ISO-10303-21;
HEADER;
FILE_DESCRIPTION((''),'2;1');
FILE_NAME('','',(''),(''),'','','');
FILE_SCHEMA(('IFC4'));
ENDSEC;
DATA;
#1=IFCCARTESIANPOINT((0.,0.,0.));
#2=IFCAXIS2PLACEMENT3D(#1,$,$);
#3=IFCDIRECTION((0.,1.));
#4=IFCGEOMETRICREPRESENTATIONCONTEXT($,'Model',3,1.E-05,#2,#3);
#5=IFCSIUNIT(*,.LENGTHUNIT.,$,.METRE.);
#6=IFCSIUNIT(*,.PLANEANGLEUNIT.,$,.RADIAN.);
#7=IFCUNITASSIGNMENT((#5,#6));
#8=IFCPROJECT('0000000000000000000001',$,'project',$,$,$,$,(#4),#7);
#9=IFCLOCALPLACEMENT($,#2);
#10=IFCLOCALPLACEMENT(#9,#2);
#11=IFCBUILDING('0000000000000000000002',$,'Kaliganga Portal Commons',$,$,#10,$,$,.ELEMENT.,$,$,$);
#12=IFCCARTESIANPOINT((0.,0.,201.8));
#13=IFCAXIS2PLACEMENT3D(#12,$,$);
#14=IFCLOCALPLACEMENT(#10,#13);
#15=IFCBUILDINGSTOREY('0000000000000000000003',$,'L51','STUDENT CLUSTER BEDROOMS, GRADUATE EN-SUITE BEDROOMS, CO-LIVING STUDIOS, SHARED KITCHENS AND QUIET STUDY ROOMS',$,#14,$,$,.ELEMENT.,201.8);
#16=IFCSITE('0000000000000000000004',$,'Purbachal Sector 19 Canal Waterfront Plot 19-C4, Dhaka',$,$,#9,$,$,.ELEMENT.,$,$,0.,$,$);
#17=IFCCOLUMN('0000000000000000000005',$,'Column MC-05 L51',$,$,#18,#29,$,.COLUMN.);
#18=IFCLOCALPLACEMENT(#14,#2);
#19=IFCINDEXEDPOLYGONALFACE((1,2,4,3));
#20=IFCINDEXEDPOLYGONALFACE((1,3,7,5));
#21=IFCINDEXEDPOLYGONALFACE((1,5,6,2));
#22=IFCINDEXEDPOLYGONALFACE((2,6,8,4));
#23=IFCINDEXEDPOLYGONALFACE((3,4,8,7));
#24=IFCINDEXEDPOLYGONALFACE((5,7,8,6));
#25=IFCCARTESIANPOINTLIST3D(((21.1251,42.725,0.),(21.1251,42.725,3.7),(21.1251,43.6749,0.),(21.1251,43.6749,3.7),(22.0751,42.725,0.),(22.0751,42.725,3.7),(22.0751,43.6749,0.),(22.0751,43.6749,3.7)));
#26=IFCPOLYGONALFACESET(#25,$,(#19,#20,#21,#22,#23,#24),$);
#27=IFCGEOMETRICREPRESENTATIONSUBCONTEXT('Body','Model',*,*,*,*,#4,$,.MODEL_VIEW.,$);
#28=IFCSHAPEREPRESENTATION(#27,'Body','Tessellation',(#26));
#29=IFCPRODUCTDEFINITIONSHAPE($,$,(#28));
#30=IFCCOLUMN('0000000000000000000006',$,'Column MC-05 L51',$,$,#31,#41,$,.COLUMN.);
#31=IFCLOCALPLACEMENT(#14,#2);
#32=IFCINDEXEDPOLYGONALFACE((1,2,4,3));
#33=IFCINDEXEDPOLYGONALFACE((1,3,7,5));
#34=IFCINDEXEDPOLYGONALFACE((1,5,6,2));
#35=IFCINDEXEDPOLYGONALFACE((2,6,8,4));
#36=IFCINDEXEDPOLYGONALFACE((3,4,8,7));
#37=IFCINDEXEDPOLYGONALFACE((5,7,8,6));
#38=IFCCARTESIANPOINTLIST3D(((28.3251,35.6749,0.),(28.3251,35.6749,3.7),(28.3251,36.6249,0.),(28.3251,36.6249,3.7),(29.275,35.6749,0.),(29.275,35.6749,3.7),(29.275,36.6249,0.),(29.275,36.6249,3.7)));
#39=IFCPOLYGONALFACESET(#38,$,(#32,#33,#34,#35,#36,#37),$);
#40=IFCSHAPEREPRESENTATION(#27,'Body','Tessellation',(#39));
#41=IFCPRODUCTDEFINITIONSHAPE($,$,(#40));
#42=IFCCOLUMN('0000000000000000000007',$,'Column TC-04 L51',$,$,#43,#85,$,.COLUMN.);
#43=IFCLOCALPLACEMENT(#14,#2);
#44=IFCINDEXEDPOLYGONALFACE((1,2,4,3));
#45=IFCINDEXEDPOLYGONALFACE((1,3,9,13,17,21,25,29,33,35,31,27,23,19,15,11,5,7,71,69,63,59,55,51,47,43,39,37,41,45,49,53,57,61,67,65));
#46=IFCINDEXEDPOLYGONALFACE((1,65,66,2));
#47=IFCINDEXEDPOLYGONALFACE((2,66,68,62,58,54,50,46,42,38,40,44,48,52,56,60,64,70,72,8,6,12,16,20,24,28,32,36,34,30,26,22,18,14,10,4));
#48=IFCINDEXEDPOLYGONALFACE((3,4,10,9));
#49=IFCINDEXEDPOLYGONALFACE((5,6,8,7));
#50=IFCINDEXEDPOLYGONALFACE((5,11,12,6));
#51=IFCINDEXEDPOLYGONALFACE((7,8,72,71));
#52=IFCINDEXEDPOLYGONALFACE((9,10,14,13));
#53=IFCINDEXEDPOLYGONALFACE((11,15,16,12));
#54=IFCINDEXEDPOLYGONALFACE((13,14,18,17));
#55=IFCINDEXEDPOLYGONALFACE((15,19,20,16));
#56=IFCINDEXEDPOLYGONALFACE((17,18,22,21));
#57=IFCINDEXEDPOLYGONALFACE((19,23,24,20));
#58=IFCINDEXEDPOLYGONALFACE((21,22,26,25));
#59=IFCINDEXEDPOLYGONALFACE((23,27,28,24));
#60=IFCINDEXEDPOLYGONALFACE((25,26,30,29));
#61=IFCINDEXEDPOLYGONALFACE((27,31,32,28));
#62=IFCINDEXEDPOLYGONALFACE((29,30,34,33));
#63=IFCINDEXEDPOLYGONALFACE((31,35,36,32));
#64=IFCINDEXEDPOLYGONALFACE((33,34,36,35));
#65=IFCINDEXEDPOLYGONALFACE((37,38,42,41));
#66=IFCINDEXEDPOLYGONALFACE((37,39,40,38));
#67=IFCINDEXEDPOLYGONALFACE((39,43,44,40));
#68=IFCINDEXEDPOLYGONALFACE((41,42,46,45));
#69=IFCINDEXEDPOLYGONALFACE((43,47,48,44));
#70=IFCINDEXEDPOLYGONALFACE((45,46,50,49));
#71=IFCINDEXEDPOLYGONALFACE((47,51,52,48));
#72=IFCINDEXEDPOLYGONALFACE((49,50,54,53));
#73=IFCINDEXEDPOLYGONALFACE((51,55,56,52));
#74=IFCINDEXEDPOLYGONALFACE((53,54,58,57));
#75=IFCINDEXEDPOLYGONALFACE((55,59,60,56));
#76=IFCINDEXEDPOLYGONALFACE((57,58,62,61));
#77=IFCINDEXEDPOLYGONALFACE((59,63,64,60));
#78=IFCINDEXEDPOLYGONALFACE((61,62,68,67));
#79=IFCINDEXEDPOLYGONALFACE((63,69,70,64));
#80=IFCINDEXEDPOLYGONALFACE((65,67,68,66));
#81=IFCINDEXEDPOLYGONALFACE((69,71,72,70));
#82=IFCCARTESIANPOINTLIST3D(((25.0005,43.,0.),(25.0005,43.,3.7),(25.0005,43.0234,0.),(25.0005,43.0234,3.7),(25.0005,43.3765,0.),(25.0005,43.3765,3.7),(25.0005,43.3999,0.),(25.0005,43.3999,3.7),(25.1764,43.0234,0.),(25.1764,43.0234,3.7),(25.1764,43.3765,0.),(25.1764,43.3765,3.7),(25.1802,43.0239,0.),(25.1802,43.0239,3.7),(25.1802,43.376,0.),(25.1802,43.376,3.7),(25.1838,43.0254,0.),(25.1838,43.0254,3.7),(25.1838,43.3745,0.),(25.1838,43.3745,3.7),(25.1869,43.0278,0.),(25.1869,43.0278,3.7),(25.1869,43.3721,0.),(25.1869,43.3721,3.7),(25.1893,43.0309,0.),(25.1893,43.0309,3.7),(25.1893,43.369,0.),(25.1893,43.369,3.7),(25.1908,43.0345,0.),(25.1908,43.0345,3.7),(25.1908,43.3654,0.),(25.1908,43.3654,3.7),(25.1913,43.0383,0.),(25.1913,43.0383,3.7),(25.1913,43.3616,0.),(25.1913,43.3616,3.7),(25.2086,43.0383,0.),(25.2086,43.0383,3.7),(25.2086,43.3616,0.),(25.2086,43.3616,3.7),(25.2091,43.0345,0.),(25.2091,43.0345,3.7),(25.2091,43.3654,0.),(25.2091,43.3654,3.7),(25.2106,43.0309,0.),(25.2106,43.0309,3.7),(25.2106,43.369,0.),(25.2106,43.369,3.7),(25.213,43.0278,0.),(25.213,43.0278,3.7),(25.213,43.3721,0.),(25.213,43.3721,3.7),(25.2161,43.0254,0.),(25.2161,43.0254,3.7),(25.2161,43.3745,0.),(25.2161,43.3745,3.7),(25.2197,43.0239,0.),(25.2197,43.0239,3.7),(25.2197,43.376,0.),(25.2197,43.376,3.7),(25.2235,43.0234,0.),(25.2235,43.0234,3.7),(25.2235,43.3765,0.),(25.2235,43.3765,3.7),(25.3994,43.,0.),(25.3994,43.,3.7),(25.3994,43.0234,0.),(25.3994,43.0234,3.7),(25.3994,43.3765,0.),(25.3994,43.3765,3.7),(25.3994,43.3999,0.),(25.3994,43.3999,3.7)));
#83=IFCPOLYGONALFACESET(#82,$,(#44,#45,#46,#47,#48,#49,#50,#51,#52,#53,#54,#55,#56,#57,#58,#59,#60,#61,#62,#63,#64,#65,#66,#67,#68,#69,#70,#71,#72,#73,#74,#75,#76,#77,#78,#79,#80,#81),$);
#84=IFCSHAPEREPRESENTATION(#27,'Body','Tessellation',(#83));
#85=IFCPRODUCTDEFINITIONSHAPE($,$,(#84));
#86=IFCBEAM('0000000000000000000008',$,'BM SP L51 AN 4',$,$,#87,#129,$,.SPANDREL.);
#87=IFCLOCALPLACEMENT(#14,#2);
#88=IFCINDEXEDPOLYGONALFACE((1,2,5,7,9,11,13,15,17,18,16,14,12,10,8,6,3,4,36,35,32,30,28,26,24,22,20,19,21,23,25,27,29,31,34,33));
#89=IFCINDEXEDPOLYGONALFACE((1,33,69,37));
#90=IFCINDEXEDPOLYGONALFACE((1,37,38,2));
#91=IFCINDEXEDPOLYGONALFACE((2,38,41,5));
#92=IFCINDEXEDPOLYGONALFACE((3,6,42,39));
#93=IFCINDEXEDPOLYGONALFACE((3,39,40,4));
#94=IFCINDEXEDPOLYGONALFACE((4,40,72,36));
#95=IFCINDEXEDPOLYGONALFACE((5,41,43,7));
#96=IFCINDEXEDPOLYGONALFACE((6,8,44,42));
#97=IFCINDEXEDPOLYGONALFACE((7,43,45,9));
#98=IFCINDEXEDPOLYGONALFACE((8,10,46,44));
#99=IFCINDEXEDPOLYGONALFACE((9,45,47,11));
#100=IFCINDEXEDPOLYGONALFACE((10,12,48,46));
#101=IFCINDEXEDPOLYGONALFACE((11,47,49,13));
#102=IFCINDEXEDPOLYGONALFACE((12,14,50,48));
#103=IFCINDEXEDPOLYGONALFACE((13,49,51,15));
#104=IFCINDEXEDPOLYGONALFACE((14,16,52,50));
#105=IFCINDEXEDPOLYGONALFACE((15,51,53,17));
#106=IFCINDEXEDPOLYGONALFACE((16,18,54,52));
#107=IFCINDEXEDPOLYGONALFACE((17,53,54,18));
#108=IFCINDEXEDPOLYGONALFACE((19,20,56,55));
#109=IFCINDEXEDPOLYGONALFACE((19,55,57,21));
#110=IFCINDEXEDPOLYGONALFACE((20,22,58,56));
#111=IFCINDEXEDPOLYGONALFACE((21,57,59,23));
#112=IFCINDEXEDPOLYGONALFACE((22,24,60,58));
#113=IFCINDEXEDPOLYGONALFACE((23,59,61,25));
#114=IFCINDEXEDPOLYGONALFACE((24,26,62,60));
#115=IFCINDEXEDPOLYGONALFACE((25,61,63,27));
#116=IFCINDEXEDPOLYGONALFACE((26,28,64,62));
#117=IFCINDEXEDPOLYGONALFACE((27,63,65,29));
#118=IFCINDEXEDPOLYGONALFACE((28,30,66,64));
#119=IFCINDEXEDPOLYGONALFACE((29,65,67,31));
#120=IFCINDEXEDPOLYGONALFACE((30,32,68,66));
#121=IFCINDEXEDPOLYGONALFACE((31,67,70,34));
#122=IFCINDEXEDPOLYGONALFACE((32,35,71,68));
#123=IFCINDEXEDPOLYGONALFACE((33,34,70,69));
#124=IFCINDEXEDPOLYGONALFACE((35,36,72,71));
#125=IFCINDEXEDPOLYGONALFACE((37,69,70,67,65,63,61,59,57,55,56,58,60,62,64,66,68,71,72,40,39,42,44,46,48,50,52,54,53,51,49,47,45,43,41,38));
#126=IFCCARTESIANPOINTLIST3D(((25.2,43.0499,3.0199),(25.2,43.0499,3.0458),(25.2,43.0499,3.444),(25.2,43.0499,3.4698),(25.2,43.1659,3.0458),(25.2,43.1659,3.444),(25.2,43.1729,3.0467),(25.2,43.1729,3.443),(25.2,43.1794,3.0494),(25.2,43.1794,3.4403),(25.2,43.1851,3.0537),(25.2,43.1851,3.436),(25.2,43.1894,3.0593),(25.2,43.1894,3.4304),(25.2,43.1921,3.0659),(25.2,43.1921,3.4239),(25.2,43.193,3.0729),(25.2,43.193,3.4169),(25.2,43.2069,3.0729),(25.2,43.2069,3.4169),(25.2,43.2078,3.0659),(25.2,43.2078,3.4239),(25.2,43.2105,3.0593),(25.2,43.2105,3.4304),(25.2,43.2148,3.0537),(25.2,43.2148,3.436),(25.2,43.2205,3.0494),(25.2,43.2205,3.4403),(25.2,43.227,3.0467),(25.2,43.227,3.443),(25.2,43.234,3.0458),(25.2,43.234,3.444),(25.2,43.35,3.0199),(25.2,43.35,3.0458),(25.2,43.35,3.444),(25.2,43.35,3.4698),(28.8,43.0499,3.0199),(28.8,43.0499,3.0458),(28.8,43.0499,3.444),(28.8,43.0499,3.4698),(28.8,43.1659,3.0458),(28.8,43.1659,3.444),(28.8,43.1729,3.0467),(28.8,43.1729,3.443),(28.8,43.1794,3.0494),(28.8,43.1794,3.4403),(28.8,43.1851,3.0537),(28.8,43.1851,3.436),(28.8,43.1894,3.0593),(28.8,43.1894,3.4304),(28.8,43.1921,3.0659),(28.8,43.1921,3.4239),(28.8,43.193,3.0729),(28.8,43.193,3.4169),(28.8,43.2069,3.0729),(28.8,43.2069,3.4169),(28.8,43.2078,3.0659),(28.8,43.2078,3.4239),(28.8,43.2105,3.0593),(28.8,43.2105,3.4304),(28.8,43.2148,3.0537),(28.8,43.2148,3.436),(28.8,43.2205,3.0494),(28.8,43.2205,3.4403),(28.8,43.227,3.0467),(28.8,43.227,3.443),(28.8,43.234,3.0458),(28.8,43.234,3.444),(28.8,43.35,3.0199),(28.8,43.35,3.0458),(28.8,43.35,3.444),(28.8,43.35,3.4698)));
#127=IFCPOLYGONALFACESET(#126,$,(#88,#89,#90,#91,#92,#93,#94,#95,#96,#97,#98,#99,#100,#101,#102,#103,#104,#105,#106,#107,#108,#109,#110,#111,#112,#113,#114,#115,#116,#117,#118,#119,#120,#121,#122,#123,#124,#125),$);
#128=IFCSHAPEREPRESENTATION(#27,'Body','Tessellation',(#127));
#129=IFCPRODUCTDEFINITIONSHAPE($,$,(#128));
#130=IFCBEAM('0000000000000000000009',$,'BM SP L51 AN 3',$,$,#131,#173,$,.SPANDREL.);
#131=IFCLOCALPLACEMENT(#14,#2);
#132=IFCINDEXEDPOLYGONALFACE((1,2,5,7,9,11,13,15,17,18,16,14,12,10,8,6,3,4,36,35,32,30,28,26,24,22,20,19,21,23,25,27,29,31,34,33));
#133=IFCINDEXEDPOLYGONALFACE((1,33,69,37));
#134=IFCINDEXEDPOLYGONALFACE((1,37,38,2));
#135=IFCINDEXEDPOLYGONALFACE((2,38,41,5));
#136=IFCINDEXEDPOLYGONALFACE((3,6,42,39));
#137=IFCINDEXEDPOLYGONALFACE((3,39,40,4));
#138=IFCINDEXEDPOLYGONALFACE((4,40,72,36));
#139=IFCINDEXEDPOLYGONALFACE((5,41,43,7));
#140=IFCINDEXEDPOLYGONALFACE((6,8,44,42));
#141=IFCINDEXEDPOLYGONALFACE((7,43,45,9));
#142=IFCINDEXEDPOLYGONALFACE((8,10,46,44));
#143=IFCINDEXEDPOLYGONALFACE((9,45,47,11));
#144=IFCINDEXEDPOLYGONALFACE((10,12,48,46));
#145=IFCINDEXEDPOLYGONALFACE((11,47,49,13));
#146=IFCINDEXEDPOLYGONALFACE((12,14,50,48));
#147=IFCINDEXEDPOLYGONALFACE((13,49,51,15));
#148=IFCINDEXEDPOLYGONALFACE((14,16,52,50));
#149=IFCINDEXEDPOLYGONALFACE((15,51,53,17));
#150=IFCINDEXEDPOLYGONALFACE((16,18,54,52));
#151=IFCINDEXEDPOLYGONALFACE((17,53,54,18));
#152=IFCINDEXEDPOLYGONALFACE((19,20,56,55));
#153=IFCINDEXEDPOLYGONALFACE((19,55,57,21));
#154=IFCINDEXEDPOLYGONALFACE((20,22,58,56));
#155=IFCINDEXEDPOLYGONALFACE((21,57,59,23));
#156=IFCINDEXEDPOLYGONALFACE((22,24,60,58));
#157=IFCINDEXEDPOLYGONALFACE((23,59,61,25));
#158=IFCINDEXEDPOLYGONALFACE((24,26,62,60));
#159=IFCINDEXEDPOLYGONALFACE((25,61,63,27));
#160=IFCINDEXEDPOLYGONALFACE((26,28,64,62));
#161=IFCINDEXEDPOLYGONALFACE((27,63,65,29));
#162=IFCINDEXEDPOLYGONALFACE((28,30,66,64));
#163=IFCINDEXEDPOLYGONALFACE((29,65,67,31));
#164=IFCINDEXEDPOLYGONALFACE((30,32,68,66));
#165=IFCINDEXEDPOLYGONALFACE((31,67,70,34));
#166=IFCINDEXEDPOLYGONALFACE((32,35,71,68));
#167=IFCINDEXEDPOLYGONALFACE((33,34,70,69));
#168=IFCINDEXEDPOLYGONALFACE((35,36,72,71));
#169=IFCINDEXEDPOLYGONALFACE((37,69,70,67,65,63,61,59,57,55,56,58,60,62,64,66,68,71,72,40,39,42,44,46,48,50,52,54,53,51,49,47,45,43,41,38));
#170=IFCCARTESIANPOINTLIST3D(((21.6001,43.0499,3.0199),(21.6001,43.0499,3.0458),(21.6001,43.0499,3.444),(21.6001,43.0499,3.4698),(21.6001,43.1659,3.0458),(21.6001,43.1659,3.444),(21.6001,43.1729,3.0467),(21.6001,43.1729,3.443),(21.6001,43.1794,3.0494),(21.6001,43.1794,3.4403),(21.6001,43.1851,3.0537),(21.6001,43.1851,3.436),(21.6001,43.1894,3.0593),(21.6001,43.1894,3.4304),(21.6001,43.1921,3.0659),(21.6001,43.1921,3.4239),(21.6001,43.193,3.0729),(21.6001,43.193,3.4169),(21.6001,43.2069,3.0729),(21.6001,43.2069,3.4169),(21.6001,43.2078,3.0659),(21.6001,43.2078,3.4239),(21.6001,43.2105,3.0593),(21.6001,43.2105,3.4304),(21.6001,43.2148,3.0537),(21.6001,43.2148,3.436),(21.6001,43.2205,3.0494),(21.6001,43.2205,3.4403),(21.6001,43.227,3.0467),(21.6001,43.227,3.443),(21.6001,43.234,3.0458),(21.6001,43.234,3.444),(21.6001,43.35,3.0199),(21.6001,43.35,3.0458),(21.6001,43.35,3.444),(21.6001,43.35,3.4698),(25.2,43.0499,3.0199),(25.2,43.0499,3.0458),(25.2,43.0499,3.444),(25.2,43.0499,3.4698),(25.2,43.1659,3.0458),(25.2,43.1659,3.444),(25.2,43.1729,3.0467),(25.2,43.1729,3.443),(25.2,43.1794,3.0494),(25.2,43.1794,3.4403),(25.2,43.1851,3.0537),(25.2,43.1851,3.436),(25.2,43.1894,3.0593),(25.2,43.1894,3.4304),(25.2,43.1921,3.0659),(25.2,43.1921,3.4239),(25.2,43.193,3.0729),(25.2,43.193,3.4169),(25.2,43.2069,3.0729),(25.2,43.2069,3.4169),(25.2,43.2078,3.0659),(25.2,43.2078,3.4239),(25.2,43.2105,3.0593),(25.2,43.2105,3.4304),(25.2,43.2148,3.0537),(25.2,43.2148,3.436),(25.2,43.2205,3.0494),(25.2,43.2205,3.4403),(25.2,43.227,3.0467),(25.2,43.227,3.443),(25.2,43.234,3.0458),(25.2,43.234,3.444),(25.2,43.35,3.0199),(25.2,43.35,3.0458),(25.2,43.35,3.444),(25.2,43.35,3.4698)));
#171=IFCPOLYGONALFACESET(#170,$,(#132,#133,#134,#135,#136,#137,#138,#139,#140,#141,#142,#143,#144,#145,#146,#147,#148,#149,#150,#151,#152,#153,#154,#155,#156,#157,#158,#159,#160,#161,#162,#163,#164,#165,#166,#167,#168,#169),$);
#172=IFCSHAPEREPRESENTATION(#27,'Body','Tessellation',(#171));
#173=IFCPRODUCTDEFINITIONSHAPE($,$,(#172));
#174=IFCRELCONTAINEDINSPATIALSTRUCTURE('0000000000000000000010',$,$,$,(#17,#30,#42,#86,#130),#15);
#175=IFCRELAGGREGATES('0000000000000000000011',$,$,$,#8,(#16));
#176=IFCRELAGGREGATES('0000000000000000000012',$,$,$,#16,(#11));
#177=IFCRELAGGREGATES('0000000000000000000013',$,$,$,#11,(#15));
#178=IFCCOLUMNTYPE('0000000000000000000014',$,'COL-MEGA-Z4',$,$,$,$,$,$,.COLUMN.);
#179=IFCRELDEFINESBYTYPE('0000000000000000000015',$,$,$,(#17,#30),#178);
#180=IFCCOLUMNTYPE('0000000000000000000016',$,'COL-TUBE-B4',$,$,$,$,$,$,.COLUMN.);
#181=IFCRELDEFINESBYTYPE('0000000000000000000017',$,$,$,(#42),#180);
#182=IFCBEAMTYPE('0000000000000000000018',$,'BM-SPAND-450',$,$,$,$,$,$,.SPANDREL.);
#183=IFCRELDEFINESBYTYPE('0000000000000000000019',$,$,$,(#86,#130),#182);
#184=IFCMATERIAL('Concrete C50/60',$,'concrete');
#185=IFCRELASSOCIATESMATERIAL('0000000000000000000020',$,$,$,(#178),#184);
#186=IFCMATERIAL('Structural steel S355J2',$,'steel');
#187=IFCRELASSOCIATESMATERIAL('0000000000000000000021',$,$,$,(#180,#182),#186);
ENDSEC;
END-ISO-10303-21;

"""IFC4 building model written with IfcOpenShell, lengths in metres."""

from ifc_helpers import new_model, si_unit, direction, frame, origin, origin_2d, place, context, subcontext, project, spatial, rectangle, i_section, extrude, source, transform, mapped, material, material_profile, profile_set, type_object, element, save


model = new_model("IFC4")

# Units and contexts
model_context = context("Model", 3, precision=1e-05, world=origin(), true_north=direction((0.0, 1.0)))
body_context = subcontext(model_context, "Body", "Model", "MODEL_VIEW")
ifc_project = project(units=[si_unit("LENGTHUNIT", "METRE"), si_unit("PLANEANGLEUNIT", "RADIAN")], contexts=[model_context])

# Site, building, storey
site_placement = place(None, origin())
site = spatial("IfcSite", under=ifc_project, at=site_placement, Name="Purbachal Sector 19 Canal Waterfront Plot 19-C4, Dhaka", CompositionType="ELEMENT", RefElevation=0.0)
building_placement = place(site_placement, origin())
building = spatial("IfcBuilding", under=site, at=building_placement, Name="Kaliganga Portal Commons", CompositionType="ELEMENT")
storey_placement = place(building_placement, frame((0.0, 0.0, 201.8)))
storey = spatial("IfcBuildingStorey", under=building, at=storey_placement, Name="L51", Description="STUDENT CLUSTER BEDROOMS, GRADUATE EN-SUITE BEDROOMS, CO-LIVING STUDIOS, SHARED KITCHENS AND QUIET STUDY ROOMS", CompositionType="ELEMENT", Elevation=201.8)

# Columns
ifc_material_1 = material(Name="Concrete C50/60", Category="concrete")
ifc_material_profile_1 = material_profile(ifc_material_1, rectangle(XDim=0.95, YDim=0.95, at=origin_2d()), Name="RC 950x950")
ifc_profile_set_1 = profile_set([ifc_material_profile_1], Name="Concrete C50/60")
column_type_1 = type_object("IfcColumnType", Name="COL-MEGA-Z4", PredefinedType="COLUMN", material=ifc_profile_set_1)
shared_shape_1 = source(origin(), body_context, "Body", "SweptSolid", [
    extrude(rectangle(XDim=0.95, YDim=0.95, at=origin_2d()), origin(), (0.0, 0.0, 1.0), 3.7),
])
for number, where, z_axis, x_axis, name in (
    (1, (21.6001, 43.2, 0.0), (0.0, 0.0, 1.0), (1.0, 0.0, 0.0), "Column MC-05 L51"),
    (2, (28.8, 36.1499, 0.0), (0.0, 0.0, 1.0), (1.0, 0.0, 0.0), "Column MC-05 L51"),
):
    element("IfcColumn", number, at=place(storey_placement, frame(where, z_axis=z_axis, x_axis=x_axis)), inside=storey, type_object=column_type_1, Name=name, PredefinedType="COLUMN", context=body_context, shape_type="MappedRepresentation", body=[
        mapped(shared_shape_1, transform((0.0, 0.0, 0.0), x_axis=(1.0, 0.0, 0.0), y_axis=(0.0, 1.0, 0.0), z_axis=(0.0, 0.0, 1.0), scale=1.0)),
    ])
ifc_material_2 = material(Name="Structural steel S355J2", Category="steel")
ifc_material_profile_2 = material_profile(ifc_material_2, i_section(OverallWidth=0.3989, OverallDepth=0.3999, WebThickness=0.0173, FlangeThickness=0.0234, FilletRadius=0.0149, at=origin_2d()), Name="HD 400x287")
ifc_profile_set_2 = profile_set([ifc_material_profile_2], Name="Structural steel S355J2 wide-flange")
column_type_2 = type_object("IfcColumnType", Name="COL-TUBE-B4", PredefinedType="COLUMN", material=ifc_profile_set_2)
shared_shape_2 = source(origin(), body_context, "Body", "SweptSolid", [
    extrude(i_section(OverallWidth=0.3989, OverallDepth=0.3999, WebThickness=0.0173, FlangeThickness=0.0234, FilletRadius=0.0149, at=origin_2d()), origin(), (0.0, 0.0, 1.0), 3.7),
])
column_placement = place(storey_placement, frame((25.2, 43.2, 0.0), z_axis=(0.0, 0.0, 1.0), x_axis=(1.0, 0.0, 0.0)))
element("IfcColumn", 3, at=column_placement, inside=storey, type_object=column_type_2, Name="Column TC-04 L51", PredefinedType="COLUMN", context=body_context, shape_type="MappedRepresentation", body=[
    mapped(shared_shape_2, transform((0.0, 0.0, 0.0), x_axis=(1.0, 0.0, 0.0), y_axis=(0.0, 1.0, 0.0), z_axis=(0.0, 0.0, 1.0), scale=1.0)),
])

# Beams
ifc_material_profile_3 = material_profile(ifc_material_2, i_section(OverallWidth=0.3, OverallDepth=0.45, WebThickness=0.0139, FlangeThickness=0.0259, FilletRadius=0.0271, at=origin_2d()), Name="HE 450 B")
ifc_profile_set_3 = profile_set([ifc_material_profile_3], Name="Structural steel S355J2 wide-flange")
beam_type_1 = type_object("IfcBeamType", Name="BM-SPAND-450", PredefinedType="SPANDREL", material=ifc_profile_set_3)
shared_shape_3 = source(origin(), body_context, "Body", "SweptSolid", [
    extrude(i_section(OverallWidth=0.3, OverallDepth=0.45, WebThickness=0.0139, FlangeThickness=0.0259, FilletRadius=0.0271, at=origin_2d()), origin(), (0.0, 0.0, 1.0), 3.6001),
])
beam_1_placement = place(storey_placement, frame((25.2, 43.2, 3.2449), z_axis=(1.0, 0.0, 0.0), x_axis=(0.0, 1.0, 0.0)))
element("IfcBeam", 4, at=beam_1_placement, inside=storey, type_object=beam_type_1, Name="BM SP L51 AN 4", PredefinedType="SPANDREL", context=body_context, shape_type="MappedRepresentation", body=[
    mapped(shared_shape_3, transform((0.0, 0.0, 0.0), x_axis=(1.0, 0.0, 0.0), y_axis=(0.0, 1.0, 0.0), z_axis=(0.0, 0.0, 1.0), scale=1.0)),
])
shared_shape_4 = source(origin(), body_context, "Body", "SweptSolid", [
    extrude(i_section(OverallWidth=0.3, OverallDepth=0.45, WebThickness=0.0139, FlangeThickness=0.0259, FilletRadius=0.0271, at=origin_2d()), origin(), (0.0, 0.0, 1.0), 3.5999),
])
beam_2_placement = place(storey_placement, frame((21.6001, 43.2, 3.2449), z_axis=(1.0, 0.0, 0.0), x_axis=(0.0, 1.0, 0.0)))
element("IfcBeam", 5, at=beam_2_placement, inside=storey, type_object=beam_type_1, Name="BM SP L51 AN 3", PredefinedType="SPANDREL", context=body_context, shape_type="MappedRepresentation", body=[
    mapped(shared_shape_4, transform((0.0, 0.0, 0.0), x_axis=(1.0, 0.0, 0.0), y_axis=(0.0, 1.0, 0.0), z_axis=(0.0, 0.0, 1.0), scale=1.0)),
])

save(model, "model.ifc")
